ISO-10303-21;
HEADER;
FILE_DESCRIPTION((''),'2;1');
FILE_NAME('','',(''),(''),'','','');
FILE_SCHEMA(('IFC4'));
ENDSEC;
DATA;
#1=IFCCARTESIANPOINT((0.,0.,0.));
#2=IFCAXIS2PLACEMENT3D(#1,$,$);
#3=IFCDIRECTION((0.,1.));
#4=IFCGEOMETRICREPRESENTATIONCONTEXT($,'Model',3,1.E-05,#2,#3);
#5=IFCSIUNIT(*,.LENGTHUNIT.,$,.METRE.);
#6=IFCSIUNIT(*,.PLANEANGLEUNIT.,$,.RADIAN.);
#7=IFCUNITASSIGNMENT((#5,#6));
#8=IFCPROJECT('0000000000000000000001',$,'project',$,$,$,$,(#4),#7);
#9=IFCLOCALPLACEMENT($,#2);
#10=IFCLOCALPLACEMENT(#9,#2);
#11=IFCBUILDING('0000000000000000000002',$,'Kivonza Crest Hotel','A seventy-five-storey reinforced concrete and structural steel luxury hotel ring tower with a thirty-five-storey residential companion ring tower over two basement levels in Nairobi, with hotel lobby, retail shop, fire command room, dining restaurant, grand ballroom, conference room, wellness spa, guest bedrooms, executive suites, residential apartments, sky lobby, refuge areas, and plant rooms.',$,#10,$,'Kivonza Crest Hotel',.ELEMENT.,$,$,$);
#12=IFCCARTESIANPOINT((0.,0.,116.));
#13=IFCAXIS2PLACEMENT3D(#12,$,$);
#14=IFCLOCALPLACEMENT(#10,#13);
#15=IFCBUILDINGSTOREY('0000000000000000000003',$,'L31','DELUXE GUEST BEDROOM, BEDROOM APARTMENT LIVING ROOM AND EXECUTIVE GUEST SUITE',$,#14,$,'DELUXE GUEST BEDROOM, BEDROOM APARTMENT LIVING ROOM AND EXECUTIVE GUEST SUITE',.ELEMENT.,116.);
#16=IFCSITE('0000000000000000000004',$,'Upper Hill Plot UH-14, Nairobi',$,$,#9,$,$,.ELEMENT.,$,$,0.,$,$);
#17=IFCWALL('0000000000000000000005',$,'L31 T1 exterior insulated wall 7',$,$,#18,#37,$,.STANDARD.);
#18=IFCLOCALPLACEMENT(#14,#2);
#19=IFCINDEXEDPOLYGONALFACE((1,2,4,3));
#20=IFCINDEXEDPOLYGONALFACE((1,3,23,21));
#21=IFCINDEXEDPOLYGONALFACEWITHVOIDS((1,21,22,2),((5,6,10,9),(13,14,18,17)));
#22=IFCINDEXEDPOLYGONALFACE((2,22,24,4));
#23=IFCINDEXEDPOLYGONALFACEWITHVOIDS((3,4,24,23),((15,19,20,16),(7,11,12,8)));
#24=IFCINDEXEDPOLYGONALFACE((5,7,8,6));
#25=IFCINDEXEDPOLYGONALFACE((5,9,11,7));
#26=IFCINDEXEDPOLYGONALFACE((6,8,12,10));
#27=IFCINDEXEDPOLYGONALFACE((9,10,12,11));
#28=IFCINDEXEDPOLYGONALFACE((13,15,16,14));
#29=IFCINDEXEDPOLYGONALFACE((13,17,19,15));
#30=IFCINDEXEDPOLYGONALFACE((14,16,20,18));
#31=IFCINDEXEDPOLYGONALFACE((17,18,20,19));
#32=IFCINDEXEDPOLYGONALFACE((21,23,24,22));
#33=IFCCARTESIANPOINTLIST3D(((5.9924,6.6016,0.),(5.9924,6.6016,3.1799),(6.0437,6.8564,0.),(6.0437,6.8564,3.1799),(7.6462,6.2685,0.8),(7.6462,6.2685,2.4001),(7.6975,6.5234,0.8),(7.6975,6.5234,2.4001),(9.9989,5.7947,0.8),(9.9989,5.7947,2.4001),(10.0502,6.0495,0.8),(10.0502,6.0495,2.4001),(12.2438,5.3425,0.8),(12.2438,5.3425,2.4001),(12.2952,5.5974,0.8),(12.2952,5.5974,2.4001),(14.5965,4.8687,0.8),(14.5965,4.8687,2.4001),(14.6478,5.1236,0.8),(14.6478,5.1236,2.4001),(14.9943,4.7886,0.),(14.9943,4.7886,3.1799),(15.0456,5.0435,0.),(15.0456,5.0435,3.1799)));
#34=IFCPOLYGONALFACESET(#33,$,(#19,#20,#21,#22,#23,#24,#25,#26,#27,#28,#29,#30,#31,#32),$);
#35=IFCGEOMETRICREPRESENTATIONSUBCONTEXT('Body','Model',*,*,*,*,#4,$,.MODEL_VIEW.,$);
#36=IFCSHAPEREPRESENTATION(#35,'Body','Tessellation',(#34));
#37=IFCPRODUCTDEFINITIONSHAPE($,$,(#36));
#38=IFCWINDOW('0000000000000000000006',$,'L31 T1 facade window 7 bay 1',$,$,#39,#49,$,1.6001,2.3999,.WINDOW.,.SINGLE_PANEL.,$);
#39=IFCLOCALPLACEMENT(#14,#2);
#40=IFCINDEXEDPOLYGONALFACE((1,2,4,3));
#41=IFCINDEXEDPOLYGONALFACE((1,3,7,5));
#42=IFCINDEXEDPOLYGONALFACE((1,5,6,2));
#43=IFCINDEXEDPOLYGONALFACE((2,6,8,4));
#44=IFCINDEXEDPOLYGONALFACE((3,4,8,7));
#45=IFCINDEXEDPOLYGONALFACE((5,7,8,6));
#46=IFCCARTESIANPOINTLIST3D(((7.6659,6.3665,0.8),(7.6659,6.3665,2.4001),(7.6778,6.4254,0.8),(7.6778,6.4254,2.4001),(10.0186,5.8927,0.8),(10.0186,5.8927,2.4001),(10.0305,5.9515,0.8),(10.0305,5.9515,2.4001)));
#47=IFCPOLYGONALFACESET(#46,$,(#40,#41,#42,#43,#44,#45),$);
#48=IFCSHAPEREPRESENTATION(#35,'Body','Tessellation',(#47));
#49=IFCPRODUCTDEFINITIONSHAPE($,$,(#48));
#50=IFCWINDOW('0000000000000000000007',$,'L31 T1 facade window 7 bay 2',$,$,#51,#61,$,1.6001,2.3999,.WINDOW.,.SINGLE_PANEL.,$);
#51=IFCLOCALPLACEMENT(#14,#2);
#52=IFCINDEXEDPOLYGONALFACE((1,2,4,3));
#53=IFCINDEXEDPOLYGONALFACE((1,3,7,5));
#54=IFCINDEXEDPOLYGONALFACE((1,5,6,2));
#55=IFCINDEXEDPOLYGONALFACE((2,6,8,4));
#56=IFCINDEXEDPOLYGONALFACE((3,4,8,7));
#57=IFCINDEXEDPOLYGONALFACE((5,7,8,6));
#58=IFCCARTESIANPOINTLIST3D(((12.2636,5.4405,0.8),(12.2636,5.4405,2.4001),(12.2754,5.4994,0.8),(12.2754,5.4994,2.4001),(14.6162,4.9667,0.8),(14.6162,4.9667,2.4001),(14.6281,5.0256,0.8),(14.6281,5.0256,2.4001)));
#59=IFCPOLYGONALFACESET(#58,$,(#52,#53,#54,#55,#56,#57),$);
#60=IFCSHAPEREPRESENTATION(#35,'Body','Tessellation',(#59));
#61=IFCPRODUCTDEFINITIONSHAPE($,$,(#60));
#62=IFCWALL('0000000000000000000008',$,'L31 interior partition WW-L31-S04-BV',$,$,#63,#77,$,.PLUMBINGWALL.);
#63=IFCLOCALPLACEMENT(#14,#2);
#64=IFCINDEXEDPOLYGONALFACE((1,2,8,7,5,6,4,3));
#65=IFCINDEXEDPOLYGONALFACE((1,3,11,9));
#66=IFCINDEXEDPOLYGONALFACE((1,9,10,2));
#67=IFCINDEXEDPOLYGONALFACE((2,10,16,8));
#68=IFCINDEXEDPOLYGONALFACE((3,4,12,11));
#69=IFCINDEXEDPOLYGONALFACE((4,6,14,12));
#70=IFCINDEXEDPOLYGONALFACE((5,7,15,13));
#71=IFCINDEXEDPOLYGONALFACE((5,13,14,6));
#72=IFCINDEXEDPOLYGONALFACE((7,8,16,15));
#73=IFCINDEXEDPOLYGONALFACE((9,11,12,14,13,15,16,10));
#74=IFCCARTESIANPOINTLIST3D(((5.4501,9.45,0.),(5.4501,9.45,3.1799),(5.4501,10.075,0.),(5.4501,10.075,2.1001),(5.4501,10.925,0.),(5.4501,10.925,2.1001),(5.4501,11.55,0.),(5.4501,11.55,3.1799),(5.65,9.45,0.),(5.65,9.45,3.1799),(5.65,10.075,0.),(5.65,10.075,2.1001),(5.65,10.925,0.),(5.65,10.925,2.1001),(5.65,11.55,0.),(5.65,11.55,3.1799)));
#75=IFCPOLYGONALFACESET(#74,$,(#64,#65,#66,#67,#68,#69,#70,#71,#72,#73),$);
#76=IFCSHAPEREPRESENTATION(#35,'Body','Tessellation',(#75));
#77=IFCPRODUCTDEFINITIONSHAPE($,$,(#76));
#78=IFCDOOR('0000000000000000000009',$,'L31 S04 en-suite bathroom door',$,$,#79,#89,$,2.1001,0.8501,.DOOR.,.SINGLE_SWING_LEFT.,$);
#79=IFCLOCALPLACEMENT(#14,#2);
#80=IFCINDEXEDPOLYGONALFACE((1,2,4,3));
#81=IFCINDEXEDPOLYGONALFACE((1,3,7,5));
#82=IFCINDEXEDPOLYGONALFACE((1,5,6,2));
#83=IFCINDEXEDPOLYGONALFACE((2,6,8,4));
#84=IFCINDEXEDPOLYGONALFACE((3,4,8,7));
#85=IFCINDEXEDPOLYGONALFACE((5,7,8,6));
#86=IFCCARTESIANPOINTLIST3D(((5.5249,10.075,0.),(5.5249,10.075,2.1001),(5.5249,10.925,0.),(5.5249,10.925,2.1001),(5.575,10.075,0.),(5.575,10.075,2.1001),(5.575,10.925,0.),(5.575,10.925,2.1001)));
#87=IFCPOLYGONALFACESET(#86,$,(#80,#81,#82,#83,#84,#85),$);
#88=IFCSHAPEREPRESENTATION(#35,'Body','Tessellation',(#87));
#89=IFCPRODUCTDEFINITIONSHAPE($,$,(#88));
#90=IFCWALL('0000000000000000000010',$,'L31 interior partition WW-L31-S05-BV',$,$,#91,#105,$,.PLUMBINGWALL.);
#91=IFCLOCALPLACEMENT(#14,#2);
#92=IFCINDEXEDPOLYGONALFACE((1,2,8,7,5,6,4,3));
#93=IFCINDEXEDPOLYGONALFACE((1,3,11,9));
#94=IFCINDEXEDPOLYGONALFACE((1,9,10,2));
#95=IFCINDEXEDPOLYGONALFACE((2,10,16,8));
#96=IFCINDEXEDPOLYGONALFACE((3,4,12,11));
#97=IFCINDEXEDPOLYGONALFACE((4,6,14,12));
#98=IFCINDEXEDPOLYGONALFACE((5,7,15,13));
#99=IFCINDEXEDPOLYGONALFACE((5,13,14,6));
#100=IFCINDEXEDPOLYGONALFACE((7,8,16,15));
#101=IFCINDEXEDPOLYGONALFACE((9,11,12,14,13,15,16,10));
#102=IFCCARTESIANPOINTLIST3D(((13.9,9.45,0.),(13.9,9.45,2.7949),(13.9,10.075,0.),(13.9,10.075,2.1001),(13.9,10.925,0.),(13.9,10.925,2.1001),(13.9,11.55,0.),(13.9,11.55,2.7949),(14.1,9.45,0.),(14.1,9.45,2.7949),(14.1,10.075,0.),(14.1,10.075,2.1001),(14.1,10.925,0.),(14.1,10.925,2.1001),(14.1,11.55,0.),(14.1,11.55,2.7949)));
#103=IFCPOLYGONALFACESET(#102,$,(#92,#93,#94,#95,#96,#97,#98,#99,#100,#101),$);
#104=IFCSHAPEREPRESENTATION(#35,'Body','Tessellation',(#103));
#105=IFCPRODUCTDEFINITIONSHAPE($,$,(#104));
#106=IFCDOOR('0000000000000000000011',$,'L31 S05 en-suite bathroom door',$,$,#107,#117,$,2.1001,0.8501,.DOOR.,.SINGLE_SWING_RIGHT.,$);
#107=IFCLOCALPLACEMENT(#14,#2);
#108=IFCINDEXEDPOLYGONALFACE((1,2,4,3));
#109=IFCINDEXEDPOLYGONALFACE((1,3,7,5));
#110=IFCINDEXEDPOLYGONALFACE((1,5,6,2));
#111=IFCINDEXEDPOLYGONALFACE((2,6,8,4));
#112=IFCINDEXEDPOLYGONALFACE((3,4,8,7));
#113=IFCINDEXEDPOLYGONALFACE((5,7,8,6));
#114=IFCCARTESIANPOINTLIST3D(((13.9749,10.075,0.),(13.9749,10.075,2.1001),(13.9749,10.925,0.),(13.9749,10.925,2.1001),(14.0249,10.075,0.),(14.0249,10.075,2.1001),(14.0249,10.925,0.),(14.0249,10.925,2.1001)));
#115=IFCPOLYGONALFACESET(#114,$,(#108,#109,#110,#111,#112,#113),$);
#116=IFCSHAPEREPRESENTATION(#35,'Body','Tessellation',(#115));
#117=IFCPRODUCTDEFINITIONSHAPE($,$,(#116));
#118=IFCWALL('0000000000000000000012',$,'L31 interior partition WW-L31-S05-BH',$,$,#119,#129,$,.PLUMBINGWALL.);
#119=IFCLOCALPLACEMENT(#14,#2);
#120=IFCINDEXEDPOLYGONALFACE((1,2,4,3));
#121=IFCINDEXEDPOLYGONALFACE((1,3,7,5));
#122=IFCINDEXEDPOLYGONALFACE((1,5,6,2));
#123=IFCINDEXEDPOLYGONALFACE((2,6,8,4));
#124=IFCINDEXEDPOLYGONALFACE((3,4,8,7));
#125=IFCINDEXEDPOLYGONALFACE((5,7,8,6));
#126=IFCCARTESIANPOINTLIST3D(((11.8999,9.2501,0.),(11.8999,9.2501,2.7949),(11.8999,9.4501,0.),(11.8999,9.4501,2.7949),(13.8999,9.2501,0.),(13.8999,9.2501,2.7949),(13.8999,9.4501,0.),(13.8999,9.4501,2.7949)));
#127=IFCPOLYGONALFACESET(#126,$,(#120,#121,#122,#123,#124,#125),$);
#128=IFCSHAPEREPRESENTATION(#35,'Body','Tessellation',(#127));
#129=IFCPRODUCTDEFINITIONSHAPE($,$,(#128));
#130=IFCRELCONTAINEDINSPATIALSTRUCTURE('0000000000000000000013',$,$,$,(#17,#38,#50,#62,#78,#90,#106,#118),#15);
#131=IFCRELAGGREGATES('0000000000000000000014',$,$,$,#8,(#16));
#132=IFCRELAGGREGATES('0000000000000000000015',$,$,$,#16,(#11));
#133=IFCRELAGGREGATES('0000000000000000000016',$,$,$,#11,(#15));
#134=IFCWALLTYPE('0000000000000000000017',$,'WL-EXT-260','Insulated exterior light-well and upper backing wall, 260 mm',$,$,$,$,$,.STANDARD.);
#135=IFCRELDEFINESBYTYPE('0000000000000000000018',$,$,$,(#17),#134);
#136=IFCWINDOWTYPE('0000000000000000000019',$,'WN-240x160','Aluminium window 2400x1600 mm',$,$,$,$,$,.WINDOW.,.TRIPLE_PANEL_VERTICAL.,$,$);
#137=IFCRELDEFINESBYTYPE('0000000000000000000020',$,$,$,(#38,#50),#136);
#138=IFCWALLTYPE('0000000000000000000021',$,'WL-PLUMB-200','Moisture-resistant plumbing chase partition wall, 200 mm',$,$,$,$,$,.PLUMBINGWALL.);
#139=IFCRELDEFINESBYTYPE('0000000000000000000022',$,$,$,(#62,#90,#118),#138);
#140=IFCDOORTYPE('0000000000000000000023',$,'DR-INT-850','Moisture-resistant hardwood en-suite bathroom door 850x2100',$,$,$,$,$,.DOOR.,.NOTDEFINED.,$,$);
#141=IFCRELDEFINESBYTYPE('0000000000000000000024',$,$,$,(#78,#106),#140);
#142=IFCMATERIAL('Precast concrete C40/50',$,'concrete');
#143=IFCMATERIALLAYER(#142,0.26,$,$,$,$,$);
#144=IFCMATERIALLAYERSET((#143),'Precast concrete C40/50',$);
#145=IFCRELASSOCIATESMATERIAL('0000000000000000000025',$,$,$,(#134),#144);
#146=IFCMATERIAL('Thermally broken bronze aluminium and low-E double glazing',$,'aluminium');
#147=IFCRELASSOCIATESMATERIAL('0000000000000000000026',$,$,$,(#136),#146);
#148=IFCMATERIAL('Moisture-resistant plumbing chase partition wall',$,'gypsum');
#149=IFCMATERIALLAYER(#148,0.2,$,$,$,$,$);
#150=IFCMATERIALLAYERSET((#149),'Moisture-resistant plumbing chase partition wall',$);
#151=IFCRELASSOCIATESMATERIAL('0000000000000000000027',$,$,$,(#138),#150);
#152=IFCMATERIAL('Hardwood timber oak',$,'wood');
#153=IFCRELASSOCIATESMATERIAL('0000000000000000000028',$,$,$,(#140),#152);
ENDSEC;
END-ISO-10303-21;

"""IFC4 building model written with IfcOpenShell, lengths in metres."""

from ifc_helpers import new_model, si_unit, direction, frame, frame_2d, origin, place, context, subcontext, project, spatial, rectangle, extrude, material, layer, layer_set, type_object, element, fill, save


model = new_model("IFC4")

# Units and contexts
model_context = context("Model", 3, precision=1e-05, world=origin(), true_north=direction((0.0, 1.0)))
body_context = subcontext(model_context, "Body", "Model", "MODEL_VIEW")
ifc_project = project(units=[si_unit("LENGTHUNIT", "METRE"), si_unit("PLANEANGLEUNIT", "RADIAN")], contexts=[model_context])

# Site, building, storey
site_placement = place(None, origin())
site = spatial("IfcSite", under=ifc_project, at=site_placement, Name="Upper Hill Plot UH-14, Nairobi", CompositionType="ELEMENT", RefElevation=0.0)
building_placement = place(site_placement, origin())
building = spatial("IfcBuilding", under=site, at=building_placement, Name="Kivonza Crest Hotel", Description="A seventy-five-storey reinforced concrete and structural steel luxury hotel ring tower with a thirty-five-storey residential companion ring tower over two basement levels in Nairobi, with hotel lobby, retail shop, fire command room, dining restaurant, grand ballroom, conference room, wellness spa, guest bedrooms, executive suites, residential apartments, sky lobby, refuge areas, and plant rooms.", LongName="Kivonza Crest Hotel", CompositionType="ELEMENT")
storey_placement = place(building_placement, frame((0.0, 0.0, 116.0)))
storey = spatial("IfcBuildingStorey", under=building, at=storey_placement, Name="L31", Description="DELUXE GUEST BEDROOM, BEDROOM APARTMENT LIVING ROOM AND EXECUTIVE GUEST SUITE", LongName="DELUXE GUEST BEDROOM, BEDROOM APARTMENT LIVING ROOM AND EXECUTIVE GUEST SUITE", CompositionType="ELEMENT", Elevation=116.0)

# Shared definitions
ifc_material_1 = material(Name="Hardwood timber oak", Category="wood")

# Shared definitions
ifc_material_2 = material(Name="Precast concrete C40/50", Category="concrete")
ifc_layer_1 = layer(ifc_material_2, 0.26)
ifc_layer_set_1 = layer_set([ifc_layer_1], Name="Precast concrete C40/50")
wall_type_1 = type_object("IfcWallType", Name="WL-EXT-260", Description="Insulated exterior light-well and upper backing wall, 260 mm", PredefinedType="STANDARD", material=ifc_layer_set_1)

# Wall, openings, windows
wall_1_placement = place(storey_placement, frame((6.0181, 6.729, 0.0), z_axis=(0.0, 0.0, 1.0), x_axis=(0.980316, -0.197435, 0.0)))
wall_1 = element("IfcWall", 1, at=wall_1_placement, inside=storey, type_object=wall_type_1, Name="L31 T1 exterior insulated wall 7", PredefinedType="STANDARD", context=body_context, shape_type="SweptSolid", body=[
    extrude(rectangle(XDim=9.1826, YDim=0.26, at=frame_2d((4.5913, 0.0))), origin(), (0.0, 0.0, 1.0), 3.1799),
])
opening_1_placement = place(wall_1_placement, frame((1.687, 0.0, 0.8)))
opening_1 = element("IfcOpeningElement", 2, at=opening_1_placement, cuts=wall_1, PredefinedType="OPENING", context=body_context, shape_type="SweptSolid", body=[
    extrude(rectangle(XDim=2.3999, YDim=1.6001, at=frame_2d((1.2, 0.8))), frame((0.0, 0.1401, 0.0), z_axis=(0.0, -1.0, 0.0), x_axis=(1.0, 0.0, 0.0)), (0.0, 0.0, 1.0), 0.28),
])
opening_2_placement = place(wall_1_placement, frame((6.377, 0.0, 0.8)))
opening_2 = element("IfcOpeningElement", 3, at=opening_2_placement, cuts=wall_1, PredefinedType="OPENING", context=body_context, shape_type="SweptSolid", body=[
    extrude(rectangle(XDim=2.3999, YDim=1.6001, at=frame_2d((1.2, 0.8))), frame((0.0, 0.1401, 0.0), z_axis=(0.0, -1.0, 0.0), x_axis=(1.0, 0.0, 0.0)), (0.0, 0.0, 1.0), 0.28),
])
ifc_material_3 = material(Name="Thermally broken bronze aluminium and low-E double glazing", Category="aluminium")
window_type = type_object("IfcWindowType", Name="WN-240x160", Description="Aluminium window 2400x1600 mm", PartitioningType="TRIPLE_PANEL_VERTICAL", PredefinedType="WINDOW", material=ifc_material_3)
window_1_placement = place(opening_1_placement, origin())
window_1 = element("IfcWindow", 4, at=window_1_placement, inside=storey, type_object=window_type, Name="L31 T1 facade window 7 bay 1", OverallHeight=1.6001, OverallWidth=2.3999, PartitioningType="SINGLE_PANEL", PredefinedType="WINDOW", context=body_context, shape_type="SweptSolid", body=[
    extrude(rectangle(XDim=2.3999, YDim=1.6001, at=frame_2d((1.2, 0.8))), frame((0.0, 0.03, 0.0), z_axis=(0.0, -1.0, 0.0), x_axis=(1.0, 0.0, 0.0)), (0.0, 0.0, 1.0), 0.0601),
])
fill(opening_1, window_1)
window_2_placement = place(opening_2_placement, origin())
window_2 = element("IfcWindow", 5, at=window_2_placement, inside=storey, type_object=window_type, Name="L31 T1 facade window 7 bay 2", OverallHeight=1.6001, OverallWidth=2.3999, PartitioningType="SINGLE_PANEL", PredefinedType="WINDOW", context=body_context, shape_type="SweptSolid", body=[
    extrude(rectangle(XDim=2.3999, YDim=1.6001, at=frame_2d((1.2, 0.8))), frame((0.0, 0.03, 0.0), z_axis=(0.0, -1.0, 0.0), x_axis=(1.0, 0.0, 0.0)), (0.0, 0.0, 1.0), 0.0601),
])
fill(opening_2, window_2)

# Walls, openings, doors
ifc_material_4 = material(Name="Moisture-resistant plumbing chase partition wall", Category="gypsum")
ifc_layer_2 = layer(ifc_material_4, 0.2)
ifc_layer_set_2 = layer_set([ifc_layer_2], Name="Moisture-resistant plumbing chase partition wall")
wall_type_2 = type_object("IfcWallType", Name="WL-PLUMB-200", Description="Moisture-resistant plumbing chase partition wall, 200 mm", PredefinedType="PLUMBINGWALL", material=ifc_layer_set_2)
wall_2_placement = place(storey_placement, frame((5.55, 9.45, 0.0), z_axis=(0.0, 0.0, 1.0), x_axis=(0.0, 1.0, 0.0)))
wall_2 = element("IfcWall", 6, at=wall_2_placement, inside=storey, type_object=wall_type_2, Name="L31 interior partition WW-L31-S04-BV", PredefinedType="PLUMBINGWALL", context=body_context, shape_type="SweptSolid", body=[
    extrude(rectangle(XDim=2.1001, YDim=0.2, at=frame_2d((1.05, 0.0))), origin(), (0.0, 0.0, 1.0), 3.1799),
])
opening_3_placement = place(wall_2_placement, frame((0.625, 0.0, 0.0)))
opening_3 = element("IfcOpeningElement", 7, at=opening_3_placement, cuts=wall_2, PredefinedType="OPENING", context=body_context, shape_type="SweptSolid", body=[
    extrude(rectangle(XDim=0.8501, YDim=2.1001, at=frame_2d((0.425, 1.05))), frame((0.0, 0.1099, 0.0), z_axis=(0.0, -1.0, 0.0), x_axis=(1.0, 0.0, 0.0)), (0.0, 0.0, 1.0), 0.22),
])
door_type_1 = type_object("IfcDoorType", Name="DR-INT-850", Description="Moisture-resistant hardwood en-suite bathroom door 850x2100", OperationType="NOTDEFINED", PredefinedType="DOOR", material=ifc_material_1)
door_1_placement = place(opening_3_placement, frame((0.8501, 0.0, 0.0), z_axis=(0.0, 0.0, 1.0), x_axis=(-1.0, 0.0, 0.0)))
door_1 = element("IfcDoor", 8, at=door_1_placement, inside=storey, type_object=door_type_1, Name="L31 S04 en-suite bathroom door", OperationType="SINGLE_SWING_LEFT", OverallHeight=2.1001, OverallWidth=0.8501, PredefinedType="DOOR", context=body_context, shape_type="SweptSolid", body=[
    extrude(rectangle(XDim=0.8501, YDim=2.1001, at=frame_2d((0.425, 1.05))), frame((0.0, 0.0249, 0.0), z_axis=(0.0, -1.0, 0.0), x_axis=(1.0, 0.0, 0.0)), (0.0, 0.0, 1.0), 0.05),
])
fill(opening_3, door_1)
wall_3_placement = place(storey_placement, frame((14.0, 9.45, 0.0), z_axis=(0.0, 0.0, 1.0), x_axis=(0.0, 1.0, 0.0)))
wall_3 = element("IfcWall", 9, at=wall_3_placement, inside=storey, type_object=wall_type_2, Name="L31 interior partition WW-L31-S05-BV", PredefinedType="PLUMBINGWALL", context=body_context, shape_type="SweptSolid", body=[
    extrude(rectangle(XDim=2.1001, YDim=0.2, at=frame_2d((1.05, 0.0))), origin(), (0.0, 0.0, 1.0), 2.7949),
])
opening_4_placement = place(wall_3_placement, frame((0.625, 0.0, 0.0)))
opening_4 = element("IfcOpeningElement", 10, at=opening_4_placement, cuts=wall_3, PredefinedType="OPENING", context=body_context, shape_type="SweptSolid", body=[
    extrude(rectangle(XDim=0.8501, YDim=2.1001, at=frame_2d((0.425, 1.05))), frame((0.0, 0.1099, 0.0), z_axis=(0.0, -1.0, 0.0), x_axis=(1.0, 0.0, 0.0)), (0.0, 0.0, 1.0), 0.22),
])
door_2_placement = place(opening_4_placement, frame((0.8501, 0.0, 0.0), z_axis=(0.0, 0.0, 1.0), x_axis=(-1.0, 0.0, 0.0)))
door_2 = element("IfcDoor", 11, at=door_2_placement, inside=storey, type_object=door_type_1, Name="L31 S05 en-suite bathroom door", OperationType="SINGLE_SWING_RIGHT", OverallHeight=2.1001, OverallWidth=0.8501, PredefinedType="DOOR", context=body_context, shape_type="SweptSolid", body=[
    extrude(rectangle(XDim=0.8501, YDim=2.1001, at=frame_2d((0.425, 1.05))), frame((0.0, 0.0249, 0.0), z_axis=(0.0, -1.0, 0.0), x_axis=(1.0, 0.0, 0.0)), (0.0, 0.0, 1.0), 0.05),
])
fill(opening_4, door_2)

# Wall
wall_4_placement = place(storey_placement, frame((11.8999, 9.3501, 0.0), z_axis=(0.0, 0.0, 1.0), x_axis=(1.0, 0.0, 0.0)))
element("IfcWall", 12, at=wall_4_placement, inside=storey, type_object=wall_type_2, Name="L31 interior partition WW-L31-S05-BH", PredefinedType="PLUMBINGWALL", context=body_context, shape_type="SweptSolid", body=[
    extrude(rectangle(XDim=2.0, YDim=0.2, at=frame_2d((1.0, 0.0))), origin(), (0.0, 0.0, 1.0), 2.7949),
])

save(model, "model.ifc")
